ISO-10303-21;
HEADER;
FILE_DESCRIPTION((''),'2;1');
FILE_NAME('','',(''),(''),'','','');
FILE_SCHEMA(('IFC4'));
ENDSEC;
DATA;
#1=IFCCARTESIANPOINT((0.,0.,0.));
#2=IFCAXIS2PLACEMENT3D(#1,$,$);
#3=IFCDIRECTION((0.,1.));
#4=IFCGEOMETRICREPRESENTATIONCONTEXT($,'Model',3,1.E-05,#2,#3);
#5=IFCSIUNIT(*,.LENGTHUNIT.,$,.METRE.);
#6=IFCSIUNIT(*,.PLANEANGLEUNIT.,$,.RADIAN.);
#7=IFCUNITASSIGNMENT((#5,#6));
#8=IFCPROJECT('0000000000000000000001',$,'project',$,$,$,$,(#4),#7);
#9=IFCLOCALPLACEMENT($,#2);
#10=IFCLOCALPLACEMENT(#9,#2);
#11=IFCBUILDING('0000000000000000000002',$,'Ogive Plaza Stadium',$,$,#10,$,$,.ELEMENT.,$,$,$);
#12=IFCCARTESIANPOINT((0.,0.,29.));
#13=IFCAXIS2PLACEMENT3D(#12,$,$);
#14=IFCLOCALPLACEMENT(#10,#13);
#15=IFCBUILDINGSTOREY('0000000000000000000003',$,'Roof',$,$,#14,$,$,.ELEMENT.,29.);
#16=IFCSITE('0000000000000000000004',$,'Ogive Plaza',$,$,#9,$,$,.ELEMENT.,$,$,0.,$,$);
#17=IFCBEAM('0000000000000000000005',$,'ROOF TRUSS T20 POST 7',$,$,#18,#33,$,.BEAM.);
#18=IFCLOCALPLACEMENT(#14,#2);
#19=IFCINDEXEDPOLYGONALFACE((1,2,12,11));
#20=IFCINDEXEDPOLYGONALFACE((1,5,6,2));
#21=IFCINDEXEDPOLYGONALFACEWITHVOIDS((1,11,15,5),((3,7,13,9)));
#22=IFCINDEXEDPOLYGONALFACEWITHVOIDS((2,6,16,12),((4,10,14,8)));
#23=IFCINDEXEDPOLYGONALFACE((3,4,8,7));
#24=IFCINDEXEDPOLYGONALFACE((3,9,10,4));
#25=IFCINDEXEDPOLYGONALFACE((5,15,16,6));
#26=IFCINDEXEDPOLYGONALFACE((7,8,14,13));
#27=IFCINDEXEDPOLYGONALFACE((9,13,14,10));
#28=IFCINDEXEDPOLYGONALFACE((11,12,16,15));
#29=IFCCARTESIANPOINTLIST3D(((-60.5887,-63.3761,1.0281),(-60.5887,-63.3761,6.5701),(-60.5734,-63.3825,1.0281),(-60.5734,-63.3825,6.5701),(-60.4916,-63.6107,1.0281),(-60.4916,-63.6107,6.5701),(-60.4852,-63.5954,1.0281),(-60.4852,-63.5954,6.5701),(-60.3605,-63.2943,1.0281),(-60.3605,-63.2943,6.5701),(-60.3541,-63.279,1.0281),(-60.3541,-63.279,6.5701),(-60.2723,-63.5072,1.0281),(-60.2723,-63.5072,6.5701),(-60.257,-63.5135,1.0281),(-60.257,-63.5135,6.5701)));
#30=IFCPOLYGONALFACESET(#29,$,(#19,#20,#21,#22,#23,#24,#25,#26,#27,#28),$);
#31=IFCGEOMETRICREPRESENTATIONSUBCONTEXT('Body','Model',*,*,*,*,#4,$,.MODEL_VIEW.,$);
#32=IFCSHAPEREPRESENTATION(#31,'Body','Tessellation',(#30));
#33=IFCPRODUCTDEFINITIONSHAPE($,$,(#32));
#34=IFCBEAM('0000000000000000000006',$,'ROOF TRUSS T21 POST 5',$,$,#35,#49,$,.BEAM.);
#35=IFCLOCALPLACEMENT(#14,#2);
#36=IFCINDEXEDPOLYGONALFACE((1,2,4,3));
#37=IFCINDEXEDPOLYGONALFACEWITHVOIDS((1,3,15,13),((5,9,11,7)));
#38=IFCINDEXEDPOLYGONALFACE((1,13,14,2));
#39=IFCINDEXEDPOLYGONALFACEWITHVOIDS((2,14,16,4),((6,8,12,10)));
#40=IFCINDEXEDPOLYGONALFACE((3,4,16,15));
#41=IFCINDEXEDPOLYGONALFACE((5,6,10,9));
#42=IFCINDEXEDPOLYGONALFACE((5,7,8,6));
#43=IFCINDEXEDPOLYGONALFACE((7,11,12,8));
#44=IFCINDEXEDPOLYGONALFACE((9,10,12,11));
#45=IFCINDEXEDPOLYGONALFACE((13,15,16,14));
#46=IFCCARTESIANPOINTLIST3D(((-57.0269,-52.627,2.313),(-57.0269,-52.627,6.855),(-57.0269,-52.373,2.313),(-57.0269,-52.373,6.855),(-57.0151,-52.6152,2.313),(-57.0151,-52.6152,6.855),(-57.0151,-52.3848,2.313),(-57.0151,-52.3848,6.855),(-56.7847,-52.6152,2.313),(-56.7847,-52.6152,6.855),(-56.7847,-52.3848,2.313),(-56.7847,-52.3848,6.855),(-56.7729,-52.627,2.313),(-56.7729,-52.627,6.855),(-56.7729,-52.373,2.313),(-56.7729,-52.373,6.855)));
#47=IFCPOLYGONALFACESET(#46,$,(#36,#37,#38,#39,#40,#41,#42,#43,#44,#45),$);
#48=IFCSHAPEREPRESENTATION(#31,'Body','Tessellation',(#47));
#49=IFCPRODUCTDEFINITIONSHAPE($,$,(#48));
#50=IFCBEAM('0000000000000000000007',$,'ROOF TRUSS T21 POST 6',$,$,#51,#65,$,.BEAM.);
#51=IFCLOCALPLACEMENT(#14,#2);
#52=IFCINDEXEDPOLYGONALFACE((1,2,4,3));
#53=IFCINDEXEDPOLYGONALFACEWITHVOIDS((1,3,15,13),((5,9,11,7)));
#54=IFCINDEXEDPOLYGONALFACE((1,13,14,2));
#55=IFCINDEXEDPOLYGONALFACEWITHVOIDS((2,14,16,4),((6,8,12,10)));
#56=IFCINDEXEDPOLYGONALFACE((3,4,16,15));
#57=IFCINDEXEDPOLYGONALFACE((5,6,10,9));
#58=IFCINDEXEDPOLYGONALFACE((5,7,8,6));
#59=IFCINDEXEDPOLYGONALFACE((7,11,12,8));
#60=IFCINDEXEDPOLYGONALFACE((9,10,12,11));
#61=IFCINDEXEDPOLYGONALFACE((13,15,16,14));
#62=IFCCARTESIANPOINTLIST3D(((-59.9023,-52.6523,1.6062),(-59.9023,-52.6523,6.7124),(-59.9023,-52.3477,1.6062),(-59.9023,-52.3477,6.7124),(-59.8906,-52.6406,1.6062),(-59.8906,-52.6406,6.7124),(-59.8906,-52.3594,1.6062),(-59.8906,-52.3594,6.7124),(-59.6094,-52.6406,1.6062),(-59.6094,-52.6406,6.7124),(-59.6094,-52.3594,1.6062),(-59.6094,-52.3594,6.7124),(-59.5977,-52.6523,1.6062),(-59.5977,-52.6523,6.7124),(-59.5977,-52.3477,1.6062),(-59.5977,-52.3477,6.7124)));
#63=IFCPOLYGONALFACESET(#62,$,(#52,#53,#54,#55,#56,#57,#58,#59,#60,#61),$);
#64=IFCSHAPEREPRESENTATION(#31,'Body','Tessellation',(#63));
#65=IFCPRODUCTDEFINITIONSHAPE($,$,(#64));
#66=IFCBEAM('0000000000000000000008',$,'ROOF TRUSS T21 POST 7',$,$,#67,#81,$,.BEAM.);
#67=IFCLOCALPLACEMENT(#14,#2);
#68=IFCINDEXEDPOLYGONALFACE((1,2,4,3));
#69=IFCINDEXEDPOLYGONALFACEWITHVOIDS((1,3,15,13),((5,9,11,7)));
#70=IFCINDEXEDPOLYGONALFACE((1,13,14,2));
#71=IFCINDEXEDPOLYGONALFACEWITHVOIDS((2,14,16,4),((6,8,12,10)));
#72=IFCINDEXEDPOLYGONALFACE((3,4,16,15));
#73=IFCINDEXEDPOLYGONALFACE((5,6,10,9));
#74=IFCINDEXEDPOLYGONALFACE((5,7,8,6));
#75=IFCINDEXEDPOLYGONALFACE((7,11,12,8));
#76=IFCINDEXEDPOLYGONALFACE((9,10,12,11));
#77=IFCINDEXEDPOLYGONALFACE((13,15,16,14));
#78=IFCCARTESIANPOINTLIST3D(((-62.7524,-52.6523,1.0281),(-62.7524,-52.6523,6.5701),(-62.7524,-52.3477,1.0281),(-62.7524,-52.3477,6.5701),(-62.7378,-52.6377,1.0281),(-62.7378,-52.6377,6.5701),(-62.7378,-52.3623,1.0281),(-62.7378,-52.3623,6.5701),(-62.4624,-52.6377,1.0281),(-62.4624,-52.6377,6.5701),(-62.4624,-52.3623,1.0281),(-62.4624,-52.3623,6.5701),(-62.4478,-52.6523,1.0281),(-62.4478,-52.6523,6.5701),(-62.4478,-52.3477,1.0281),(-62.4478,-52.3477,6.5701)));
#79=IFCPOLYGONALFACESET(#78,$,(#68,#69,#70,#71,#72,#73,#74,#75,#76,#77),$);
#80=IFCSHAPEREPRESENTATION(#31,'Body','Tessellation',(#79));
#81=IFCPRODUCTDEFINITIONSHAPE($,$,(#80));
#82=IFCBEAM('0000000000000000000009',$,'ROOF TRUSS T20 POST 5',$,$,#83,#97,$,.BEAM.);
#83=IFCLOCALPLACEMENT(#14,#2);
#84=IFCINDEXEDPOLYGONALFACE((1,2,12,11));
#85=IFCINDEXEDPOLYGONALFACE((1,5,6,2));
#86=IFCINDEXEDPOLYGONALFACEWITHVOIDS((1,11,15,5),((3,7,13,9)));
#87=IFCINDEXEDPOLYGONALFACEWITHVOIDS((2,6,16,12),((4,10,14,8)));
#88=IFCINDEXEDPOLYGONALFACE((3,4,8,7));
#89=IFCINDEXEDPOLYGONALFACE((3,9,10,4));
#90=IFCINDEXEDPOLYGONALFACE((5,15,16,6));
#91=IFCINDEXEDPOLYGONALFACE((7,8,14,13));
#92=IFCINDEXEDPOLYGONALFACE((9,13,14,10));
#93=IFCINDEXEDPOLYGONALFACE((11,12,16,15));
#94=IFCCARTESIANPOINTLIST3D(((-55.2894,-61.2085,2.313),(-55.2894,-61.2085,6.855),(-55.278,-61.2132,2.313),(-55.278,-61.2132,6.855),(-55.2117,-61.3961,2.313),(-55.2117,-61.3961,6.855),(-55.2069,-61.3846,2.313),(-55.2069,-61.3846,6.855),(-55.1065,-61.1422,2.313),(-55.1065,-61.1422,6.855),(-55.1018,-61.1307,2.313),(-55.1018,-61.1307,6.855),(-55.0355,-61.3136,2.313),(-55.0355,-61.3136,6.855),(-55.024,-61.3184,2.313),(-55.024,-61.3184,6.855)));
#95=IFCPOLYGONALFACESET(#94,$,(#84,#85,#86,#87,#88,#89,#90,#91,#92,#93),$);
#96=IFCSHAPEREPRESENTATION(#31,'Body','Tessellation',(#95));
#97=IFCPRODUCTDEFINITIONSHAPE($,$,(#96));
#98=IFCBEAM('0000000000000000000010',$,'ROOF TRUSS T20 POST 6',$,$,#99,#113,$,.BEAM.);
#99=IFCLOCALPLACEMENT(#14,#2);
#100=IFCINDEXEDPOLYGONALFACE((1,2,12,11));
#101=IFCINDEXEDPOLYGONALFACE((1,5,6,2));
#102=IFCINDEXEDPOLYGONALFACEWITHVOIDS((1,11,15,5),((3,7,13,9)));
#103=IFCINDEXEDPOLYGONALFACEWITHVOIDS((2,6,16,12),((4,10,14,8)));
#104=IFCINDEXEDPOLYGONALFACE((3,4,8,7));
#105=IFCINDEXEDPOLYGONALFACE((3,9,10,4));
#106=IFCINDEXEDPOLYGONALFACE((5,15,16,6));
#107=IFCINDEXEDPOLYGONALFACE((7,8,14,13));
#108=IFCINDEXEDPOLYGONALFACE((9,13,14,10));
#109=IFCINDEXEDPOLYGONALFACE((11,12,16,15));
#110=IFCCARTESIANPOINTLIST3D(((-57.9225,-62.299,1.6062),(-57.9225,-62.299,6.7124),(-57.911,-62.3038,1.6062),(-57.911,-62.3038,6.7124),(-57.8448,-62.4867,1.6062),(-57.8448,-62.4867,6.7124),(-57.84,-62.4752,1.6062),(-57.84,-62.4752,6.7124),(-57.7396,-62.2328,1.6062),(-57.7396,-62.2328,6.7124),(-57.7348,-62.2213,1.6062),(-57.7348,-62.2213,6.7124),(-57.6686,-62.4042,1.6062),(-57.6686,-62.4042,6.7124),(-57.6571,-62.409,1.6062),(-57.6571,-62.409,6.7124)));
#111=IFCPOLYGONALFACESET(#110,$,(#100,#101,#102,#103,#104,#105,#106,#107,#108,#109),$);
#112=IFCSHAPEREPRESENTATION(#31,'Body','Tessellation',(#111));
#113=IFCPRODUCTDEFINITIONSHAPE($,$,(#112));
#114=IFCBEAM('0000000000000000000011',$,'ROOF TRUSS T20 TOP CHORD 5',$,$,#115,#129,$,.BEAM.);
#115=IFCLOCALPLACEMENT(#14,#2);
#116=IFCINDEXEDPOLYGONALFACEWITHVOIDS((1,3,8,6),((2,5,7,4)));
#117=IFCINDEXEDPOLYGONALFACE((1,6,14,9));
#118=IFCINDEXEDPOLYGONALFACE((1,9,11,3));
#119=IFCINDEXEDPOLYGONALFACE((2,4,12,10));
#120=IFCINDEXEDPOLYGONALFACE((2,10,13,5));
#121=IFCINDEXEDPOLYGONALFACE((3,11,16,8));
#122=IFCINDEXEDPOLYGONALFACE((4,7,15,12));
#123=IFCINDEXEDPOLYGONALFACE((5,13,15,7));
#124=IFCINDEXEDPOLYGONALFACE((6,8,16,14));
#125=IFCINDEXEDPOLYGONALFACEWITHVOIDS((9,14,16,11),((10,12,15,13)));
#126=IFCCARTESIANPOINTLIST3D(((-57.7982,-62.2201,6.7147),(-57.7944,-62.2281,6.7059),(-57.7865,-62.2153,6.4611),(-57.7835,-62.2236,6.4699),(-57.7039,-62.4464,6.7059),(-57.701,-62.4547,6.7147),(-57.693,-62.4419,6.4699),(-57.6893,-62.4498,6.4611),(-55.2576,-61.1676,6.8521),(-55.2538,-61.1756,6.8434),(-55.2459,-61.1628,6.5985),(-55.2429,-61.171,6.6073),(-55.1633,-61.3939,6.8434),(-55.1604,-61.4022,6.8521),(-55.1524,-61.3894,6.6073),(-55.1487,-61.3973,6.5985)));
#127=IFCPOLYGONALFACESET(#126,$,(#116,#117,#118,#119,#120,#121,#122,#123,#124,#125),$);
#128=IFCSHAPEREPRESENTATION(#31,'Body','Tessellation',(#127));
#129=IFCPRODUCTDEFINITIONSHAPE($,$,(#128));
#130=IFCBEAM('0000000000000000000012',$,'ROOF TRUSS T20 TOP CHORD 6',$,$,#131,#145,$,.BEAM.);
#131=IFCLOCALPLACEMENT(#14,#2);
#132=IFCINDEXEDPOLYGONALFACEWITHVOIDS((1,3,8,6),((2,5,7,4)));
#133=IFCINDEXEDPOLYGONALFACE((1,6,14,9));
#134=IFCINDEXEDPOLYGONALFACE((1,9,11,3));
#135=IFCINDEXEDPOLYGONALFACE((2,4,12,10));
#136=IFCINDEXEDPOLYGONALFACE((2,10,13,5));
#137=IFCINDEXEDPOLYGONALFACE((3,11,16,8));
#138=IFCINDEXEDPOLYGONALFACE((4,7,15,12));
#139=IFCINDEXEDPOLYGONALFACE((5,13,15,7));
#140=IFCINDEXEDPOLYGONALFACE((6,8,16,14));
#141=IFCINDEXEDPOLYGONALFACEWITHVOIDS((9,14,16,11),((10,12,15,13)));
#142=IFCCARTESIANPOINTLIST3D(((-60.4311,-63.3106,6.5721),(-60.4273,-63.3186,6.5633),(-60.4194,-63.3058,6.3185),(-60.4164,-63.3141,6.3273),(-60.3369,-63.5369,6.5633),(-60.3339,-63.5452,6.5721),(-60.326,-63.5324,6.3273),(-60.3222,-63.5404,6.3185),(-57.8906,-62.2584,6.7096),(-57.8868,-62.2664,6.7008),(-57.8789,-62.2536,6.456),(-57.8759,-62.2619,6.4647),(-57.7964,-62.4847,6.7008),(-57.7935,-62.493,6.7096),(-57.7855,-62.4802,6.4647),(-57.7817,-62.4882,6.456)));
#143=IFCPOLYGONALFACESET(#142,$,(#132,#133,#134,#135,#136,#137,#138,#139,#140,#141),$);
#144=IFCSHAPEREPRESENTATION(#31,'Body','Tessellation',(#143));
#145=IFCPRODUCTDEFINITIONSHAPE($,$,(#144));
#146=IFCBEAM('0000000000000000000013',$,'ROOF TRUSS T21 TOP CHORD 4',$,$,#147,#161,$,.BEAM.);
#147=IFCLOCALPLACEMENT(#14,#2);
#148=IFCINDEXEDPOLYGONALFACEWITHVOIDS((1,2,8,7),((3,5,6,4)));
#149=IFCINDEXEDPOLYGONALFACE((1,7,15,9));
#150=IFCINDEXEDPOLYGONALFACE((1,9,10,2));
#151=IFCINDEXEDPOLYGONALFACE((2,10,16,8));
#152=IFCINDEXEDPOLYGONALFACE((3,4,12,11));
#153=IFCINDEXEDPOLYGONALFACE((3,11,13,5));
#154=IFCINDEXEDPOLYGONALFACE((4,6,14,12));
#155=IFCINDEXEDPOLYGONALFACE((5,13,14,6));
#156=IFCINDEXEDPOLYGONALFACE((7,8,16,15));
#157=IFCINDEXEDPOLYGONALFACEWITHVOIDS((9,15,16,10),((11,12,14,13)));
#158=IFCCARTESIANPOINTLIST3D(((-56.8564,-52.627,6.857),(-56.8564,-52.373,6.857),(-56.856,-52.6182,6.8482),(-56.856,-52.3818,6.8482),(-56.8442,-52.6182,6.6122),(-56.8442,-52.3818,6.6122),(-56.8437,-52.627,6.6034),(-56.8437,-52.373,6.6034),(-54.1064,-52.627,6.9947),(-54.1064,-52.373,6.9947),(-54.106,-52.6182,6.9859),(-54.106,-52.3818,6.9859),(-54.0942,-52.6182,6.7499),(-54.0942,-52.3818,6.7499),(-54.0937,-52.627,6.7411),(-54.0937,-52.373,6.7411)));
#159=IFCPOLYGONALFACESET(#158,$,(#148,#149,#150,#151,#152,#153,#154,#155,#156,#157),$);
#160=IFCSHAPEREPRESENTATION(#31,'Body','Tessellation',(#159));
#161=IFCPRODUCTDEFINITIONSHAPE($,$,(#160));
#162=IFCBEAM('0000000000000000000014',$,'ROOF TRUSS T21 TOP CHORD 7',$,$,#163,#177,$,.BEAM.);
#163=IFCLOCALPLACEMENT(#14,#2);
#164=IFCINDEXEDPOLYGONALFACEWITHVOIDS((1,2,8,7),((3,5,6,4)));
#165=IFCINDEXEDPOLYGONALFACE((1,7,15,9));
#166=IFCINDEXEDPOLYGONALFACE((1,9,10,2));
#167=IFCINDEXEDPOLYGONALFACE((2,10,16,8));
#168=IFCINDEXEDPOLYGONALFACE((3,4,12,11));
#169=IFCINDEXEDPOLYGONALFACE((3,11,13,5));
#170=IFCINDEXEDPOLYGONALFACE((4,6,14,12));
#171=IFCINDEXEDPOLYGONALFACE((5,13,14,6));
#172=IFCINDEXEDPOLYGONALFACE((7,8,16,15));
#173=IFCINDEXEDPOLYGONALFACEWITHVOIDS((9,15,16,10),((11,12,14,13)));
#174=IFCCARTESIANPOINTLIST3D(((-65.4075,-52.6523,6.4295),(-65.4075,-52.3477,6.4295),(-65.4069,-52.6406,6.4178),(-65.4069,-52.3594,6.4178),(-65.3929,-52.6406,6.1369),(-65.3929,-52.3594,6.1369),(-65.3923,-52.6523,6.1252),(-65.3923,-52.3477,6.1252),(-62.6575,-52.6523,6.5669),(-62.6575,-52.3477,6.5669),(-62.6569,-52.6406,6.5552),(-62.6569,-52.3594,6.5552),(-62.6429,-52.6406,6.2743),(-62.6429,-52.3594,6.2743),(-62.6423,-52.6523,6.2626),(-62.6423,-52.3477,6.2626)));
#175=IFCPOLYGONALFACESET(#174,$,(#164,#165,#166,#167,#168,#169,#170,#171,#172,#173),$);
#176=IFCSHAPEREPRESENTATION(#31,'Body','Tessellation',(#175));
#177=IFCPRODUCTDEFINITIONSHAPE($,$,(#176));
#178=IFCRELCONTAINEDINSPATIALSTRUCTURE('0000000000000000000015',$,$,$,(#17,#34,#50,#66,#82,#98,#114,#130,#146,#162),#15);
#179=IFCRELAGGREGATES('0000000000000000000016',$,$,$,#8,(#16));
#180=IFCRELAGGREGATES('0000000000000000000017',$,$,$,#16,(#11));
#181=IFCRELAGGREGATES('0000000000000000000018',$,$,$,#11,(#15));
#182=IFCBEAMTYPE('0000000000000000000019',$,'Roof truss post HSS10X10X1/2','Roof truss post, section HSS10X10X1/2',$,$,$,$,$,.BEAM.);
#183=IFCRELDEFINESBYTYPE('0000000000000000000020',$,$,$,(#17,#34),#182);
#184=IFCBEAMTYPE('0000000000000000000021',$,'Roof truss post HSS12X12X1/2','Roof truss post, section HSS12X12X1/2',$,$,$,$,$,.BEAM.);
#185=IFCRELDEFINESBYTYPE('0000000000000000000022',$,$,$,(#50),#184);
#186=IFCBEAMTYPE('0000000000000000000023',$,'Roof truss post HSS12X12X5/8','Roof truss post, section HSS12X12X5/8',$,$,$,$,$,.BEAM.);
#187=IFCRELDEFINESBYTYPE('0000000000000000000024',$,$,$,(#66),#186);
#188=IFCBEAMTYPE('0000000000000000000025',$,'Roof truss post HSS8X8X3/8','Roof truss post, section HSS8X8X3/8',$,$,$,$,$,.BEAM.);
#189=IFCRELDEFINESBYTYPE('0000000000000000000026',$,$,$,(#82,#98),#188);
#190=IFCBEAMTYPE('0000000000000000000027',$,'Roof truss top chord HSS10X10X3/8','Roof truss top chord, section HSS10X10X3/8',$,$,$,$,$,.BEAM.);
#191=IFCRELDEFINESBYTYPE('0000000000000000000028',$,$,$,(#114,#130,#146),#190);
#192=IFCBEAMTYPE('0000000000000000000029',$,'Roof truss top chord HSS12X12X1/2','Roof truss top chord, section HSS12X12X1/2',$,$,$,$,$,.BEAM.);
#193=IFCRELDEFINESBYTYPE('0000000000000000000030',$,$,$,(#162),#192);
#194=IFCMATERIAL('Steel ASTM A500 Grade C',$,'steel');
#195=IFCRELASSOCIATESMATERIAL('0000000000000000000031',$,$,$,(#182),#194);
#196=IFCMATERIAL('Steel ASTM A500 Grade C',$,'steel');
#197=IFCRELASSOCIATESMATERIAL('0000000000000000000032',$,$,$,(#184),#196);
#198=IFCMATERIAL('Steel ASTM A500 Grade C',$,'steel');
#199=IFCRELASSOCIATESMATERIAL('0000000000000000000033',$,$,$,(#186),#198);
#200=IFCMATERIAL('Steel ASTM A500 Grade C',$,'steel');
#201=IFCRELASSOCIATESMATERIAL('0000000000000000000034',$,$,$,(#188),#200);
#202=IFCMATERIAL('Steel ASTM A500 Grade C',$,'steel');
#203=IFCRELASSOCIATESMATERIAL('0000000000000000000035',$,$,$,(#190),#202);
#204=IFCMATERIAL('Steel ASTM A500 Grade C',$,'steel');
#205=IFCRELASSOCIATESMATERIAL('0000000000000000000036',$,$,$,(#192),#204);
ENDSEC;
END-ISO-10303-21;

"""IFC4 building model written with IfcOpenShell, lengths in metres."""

from ifc_helpers import new_model, si_unit, direction, frame, origin, origin_2d, place, context, subcontext, project, spatial, hollow_rectangle, extrude, material, material_profile, profile_set, type_object, element, save


model = new_model("IFC4")

# Units and contexts
model_context = context("Model", 3, precision=1e-05, world=origin(), true_north=direction((0.0, 1.0)))
body_context = subcontext(model_context, "Body", "Model", "MODEL_VIEW")
ifc_project = project(units=[si_unit("LENGTHUNIT", "METRE"), si_unit("PLANEANGLEUNIT", "RADIAN")], contexts=[model_context])

# Site, building, storey
site_placement = place(None, origin())
site = spatial("IfcSite", under=ifc_project, at=site_placement, Name="Ogive Plaza", CompositionType="ELEMENT", RefElevation=0.0)
building_placement = place(site_placement, origin())
building = spatial("IfcBuilding", under=site, at=building_placement, Name="Ogive Plaza Stadium", CompositionType="ELEMENT")
storey_placement = place(building_placement, frame((0.0, 0.0, 29.0)))
storey = spatial("IfcBuildingStorey", under=building, at=storey_placement, Name="Roof", CompositionType="ELEMENT", Elevation=29.0)

# Beams
ifc_material_1 = material(Name="Steel ASTM A500 Grade C", Category="steel")
ifc_material_profile_1 = material_profile(ifc_material_1, hollow_rectangle(XDim=0.2539, YDim=0.2539, WallThickness=0.0117, at=origin_2d()), Name="HSS10X10X1/2")
ifc_profile_set_1 = profile_set([ifc_material_profile_1], Name="Steel ASTM A500 Grade C")
beam_type_1 = type_object("IfcBeamType", Name="Roof truss post HSS10X10X1/2", Description="Roof truss post, section HSS10X10X1/2", PredefinedType="BEAM", material=ifc_profile_set_1)
beam_1_placement = place(storey_placement, frame((-60.4229, -63.4448, 1.0281), z_axis=(0.0, 0.0, 1.0), x_axis=(0.382683, -0.92388, 0.0)))
element("IfcBeam", 1, at=beam_1_placement, inside=storey, type_object=beam_type_1, Name="ROOF TRUSS T20 POST 7", PredefinedType="BEAM", context=body_context, shape_type="SweptSolid", body=[
    extrude(hollow_rectangle(XDim=0.2539, YDim=0.2539, WallThickness=0.0117, at=origin_2d()), origin(), (0.0, 0.0, 1.0), 5.542),
])
beam_2_placement = place(storey_placement, frame((-56.8999, -52.5, 2.313), z_axis=(0.0, 0.0, 1.0), x_axis=(0.0, -1.0, 0.0)))
element("IfcBeam", 2, at=beam_2_placement, inside=storey, type_object=beam_type_1, Name="ROOF TRUSS T21 POST 5", PredefinedType="BEAM", context=body_context, shape_type="SweptSolid", body=[
    extrude(hollow_rectangle(XDim=0.2539, YDim=0.2539, WallThickness=0.0117, at=origin_2d()), origin(), (0.0, 0.0, 1.0), 4.542),
])
ifc_material_2 = material(Name="Steel ASTM A500 Grade C", Category="steel")
ifc_material_profile_2 = material_profile(ifc_material_2, hollow_rectangle(XDim=0.3047, YDim=0.3047, WallThickness=0.0117, at=origin_2d()), Name="HSS12X12X1/2")
ifc_profile_set_2 = profile_set([ifc_material_profile_2], Name="Steel ASTM A500 Grade C")
beam_type_2 = type_object("IfcBeamType", Name="Roof truss post HSS12X12X1/2", Description="Roof truss post, section HSS12X12X1/2", PredefinedType="BEAM", material=ifc_profile_set_2)
beam_3_placement = place(storey_placement, frame((-59.75, -52.5, 1.6062), z_axis=(0.0, 0.0, 1.0), x_axis=(0.0, -1.0, 0.0)))
element("IfcBeam", 3, at=beam_3_placement, inside=storey, type_object=beam_type_2, Name="ROOF TRUSS T21 POST 6", PredefinedType="BEAM", context=body_context, shape_type="SweptSolid", body=[
    extrude(hollow_rectangle(XDim=0.3047, YDim=0.3047, WallThickness=0.0117, at=origin_2d()), origin(), (0.0, 0.0, 1.0), 5.1062),
])
ifc_material_3 = material(Name="Steel ASTM A500 Grade C", Category="steel")
ifc_material_profile_3 = material_profile(ifc_material_3, hollow_rectangle(XDim=0.3047, YDim=0.3047, WallThickness=0.0146, at=origin_2d()), Name="HSS12X12X5/8")
ifc_profile_set_3 = profile_set([ifc_material_profile_3], Name="Steel ASTM A500 Grade C")
beam_type_3 = type_object("IfcBeamType", Name="Roof truss post HSS12X12X5/8", Description="Roof truss post, section HSS12X12X5/8", PredefinedType="BEAM", material=ifc_profile_set_3)
beam_4_placement = place(storey_placement, frame((-62.6001, -52.5, 1.0281), z_axis=(0.0, 0.0, 1.0), x_axis=(0.0, -1.0, 0.0)))
element("IfcBeam", 4, at=beam_4_placement, inside=storey, type_object=beam_type_3, Name="ROOF TRUSS T21 POST 7", PredefinedType="BEAM", context=body_context, shape_type="SweptSolid", body=[
    extrude(hollow_rectangle(XDim=0.3047, YDim=0.3047, WallThickness=0.0146, at=origin_2d()), origin(), (0.0, 0.0, 1.0), 5.542),
])
ifc_material_4 = material(Name="Steel ASTM A500 Grade C", Category="steel")
ifc_material_profile_4 = material_profile(ifc_material_4, hollow_rectangle(XDim=0.2031, YDim=0.2031, WallThickness=0.0088, at=origin_2d()), Name="HSS8X8X3/8")
ifc_profile_set_4 = profile_set([ifc_material_profile_4], Name="Steel ASTM A500 Grade C")
beam_type_4 = type_object("IfcBeamType", Name="Roof truss post HSS8X8X3/8", Description="Roof truss post, section HSS8X8X3/8", PredefinedType="BEAM", material=ifc_profile_set_4)
beam_5_placement = place(storey_placement, frame((-55.1567, -61.2634, 2.313), z_axis=(0.0, 0.0, 1.0), x_axis=(0.382683, -0.92388, 0.0)))
element("IfcBeam", 5, at=beam_5_placement, inside=storey, type_object=beam_type_4, Name="ROOF TRUSS T20 POST 5", PredefinedType="BEAM", context=body_context, shape_type="SweptSolid", body=[
    extrude(hollow_rectangle(XDim=0.2031, YDim=0.2031, WallThickness=0.0088, at=origin_2d()), origin(), (0.0, 0.0, 1.0), 4.542),
])
beam_6_placement = place(storey_placement, frame((-57.7898, -62.354, 1.6062), z_axis=(0.0, 0.0, 1.0), x_axis=(0.382683, -0.92388, 0.0)))
element("IfcBeam", 6, at=beam_6_placement, inside=storey, type_object=beam_type_4, Name="ROOF TRUSS T20 POST 6", PredefinedType="BEAM", context=body_context, shape_type="SweptSolid", body=[
    extrude(hollow_rectangle(XDim=0.2031, YDim=0.2031, WallThickness=0.0088, at=origin_2d()), origin(), (0.0, 0.0, 1.0), 5.1062),
])
ifc_material_5 = material(Name="Steel ASTM A500 Grade C", Category="steel")
ifc_material_profile_5 = material_profile(ifc_material_5, hollow_rectangle(XDim=0.2539, YDim=0.2539, WallThickness=0.0088, at=origin_2d()), Name="HSS10X10X3/8")
ifc_profile_set_5 = profile_set([ifc_material_profile_5], Name="Steel ASTM A500 Grade C")
beam_type_5 = type_object("IfcBeamType", Name="Roof truss top chord HSS10X10X3/8", Description="Roof truss top chord, section HSS10X10X3/8", PredefinedType="BEAM", material=ifc_profile_set_5)
beam_7_placement = place(storey_placement, frame((-55.2031, -61.2825, 6.7253), z_axis=(-0.922706, -0.382259, -0.049922), x_axis=(0.382736, -0.923858, 0.0)))
element("IfcBeam", 7, at=beam_7_placement, inside=storey, type_object=beam_type_5, Name="ROOF TRUSS T20 TOP CHORD 5", PredefinedType="BEAM", context=body_context, shape_type="SweptSolid", body=[
    extrude(hollow_rectangle(XDim=0.2539, YDim=0.2539, WallThickness=0.0088, at=origin_2d()), origin(), (0.0, 0.0, 1.0), 2.7534),
])
beam_8_placement = place(storey_placement, frame((-57.8362, -62.3733, 6.5828), z_axis=(-0.922737, -0.382183, -0.049923), x_axis=(0.38266, -0.923889, 0.0)))
element("IfcBeam", 8, at=beam_8_placement, inside=storey, type_object=beam_type_5, Name="ROOF TRUSS T20 TOP CHORD 6", PredefinedType="BEAM", context=body_context, shape_type="SweptSolid", body=[
    extrude(hollow_rectangle(XDim=0.2539, YDim=0.2539, WallThickness=0.0088, at=origin_2d()), origin(), (0.0, 0.0, 1.0), 2.7532),
])
beam_9_placement = place(storey_placement, frame((-54.1001, -52.5, 6.8679), z_axis=(-0.998749, 0.0, -0.050008), x_axis=(0.0, -1.0, 0.0)))
element("IfcBeam", 9, at=beam_9_placement, inside=storey, type_object=beam_type_5, Name="ROOF TRUSS T21 TOP CHORD 4", PredefinedType="BEAM", context=body_context, shape_type="SweptSolid", body=[
    extrude(hollow_rectangle(XDim=0.2539, YDim=0.2539, WallThickness=0.0088, at=origin_2d()), origin(), (0.0, 0.0, 1.0), 2.7534),
])
ifc_material_6 = material(Name="Steel ASTM A500 Grade C", Category="steel")
ifc_material_profile_6 = material_profile(ifc_material_6, hollow_rectangle(XDim=0.3047, YDim=0.3047, WallThickness=0.0117, at=origin_2d()), Name="HSS12X12X1/2")
ifc_profile_set_6 = profile_set([ifc_material_profile_6], Name="Steel ASTM A500 Grade C")
beam_type_6 = type_object("IfcBeamType", Name="Roof truss top chord HSS12X12X1/2", Description="Roof truss top chord, section HSS12X12X1/2", PredefinedType="BEAM", material=ifc_profile_set_6)
beam_10_placement = place(storey_placement, frame((-62.6499, -52.5, 6.4148), z_axis=(-0.998753, 0.0, -0.04992), x_axis=(0.0, -1.0, 0.0)))
element("IfcBeam", 10, at=beam_10_placement, inside=storey, type_object=beam_type_6, Name="ROOF TRUSS T21 TOP CHORD 7", PredefinedType="BEAM", context=body_context, shape_type="SweptSolid", body=[
    extrude(hollow_rectangle(XDim=0.3047, YDim=0.3047, WallThickness=0.0117, at=origin_2d()), origin(), (0.0, 0.0, 1.0), 2.7534),
])

save(model, "model.ifc")
